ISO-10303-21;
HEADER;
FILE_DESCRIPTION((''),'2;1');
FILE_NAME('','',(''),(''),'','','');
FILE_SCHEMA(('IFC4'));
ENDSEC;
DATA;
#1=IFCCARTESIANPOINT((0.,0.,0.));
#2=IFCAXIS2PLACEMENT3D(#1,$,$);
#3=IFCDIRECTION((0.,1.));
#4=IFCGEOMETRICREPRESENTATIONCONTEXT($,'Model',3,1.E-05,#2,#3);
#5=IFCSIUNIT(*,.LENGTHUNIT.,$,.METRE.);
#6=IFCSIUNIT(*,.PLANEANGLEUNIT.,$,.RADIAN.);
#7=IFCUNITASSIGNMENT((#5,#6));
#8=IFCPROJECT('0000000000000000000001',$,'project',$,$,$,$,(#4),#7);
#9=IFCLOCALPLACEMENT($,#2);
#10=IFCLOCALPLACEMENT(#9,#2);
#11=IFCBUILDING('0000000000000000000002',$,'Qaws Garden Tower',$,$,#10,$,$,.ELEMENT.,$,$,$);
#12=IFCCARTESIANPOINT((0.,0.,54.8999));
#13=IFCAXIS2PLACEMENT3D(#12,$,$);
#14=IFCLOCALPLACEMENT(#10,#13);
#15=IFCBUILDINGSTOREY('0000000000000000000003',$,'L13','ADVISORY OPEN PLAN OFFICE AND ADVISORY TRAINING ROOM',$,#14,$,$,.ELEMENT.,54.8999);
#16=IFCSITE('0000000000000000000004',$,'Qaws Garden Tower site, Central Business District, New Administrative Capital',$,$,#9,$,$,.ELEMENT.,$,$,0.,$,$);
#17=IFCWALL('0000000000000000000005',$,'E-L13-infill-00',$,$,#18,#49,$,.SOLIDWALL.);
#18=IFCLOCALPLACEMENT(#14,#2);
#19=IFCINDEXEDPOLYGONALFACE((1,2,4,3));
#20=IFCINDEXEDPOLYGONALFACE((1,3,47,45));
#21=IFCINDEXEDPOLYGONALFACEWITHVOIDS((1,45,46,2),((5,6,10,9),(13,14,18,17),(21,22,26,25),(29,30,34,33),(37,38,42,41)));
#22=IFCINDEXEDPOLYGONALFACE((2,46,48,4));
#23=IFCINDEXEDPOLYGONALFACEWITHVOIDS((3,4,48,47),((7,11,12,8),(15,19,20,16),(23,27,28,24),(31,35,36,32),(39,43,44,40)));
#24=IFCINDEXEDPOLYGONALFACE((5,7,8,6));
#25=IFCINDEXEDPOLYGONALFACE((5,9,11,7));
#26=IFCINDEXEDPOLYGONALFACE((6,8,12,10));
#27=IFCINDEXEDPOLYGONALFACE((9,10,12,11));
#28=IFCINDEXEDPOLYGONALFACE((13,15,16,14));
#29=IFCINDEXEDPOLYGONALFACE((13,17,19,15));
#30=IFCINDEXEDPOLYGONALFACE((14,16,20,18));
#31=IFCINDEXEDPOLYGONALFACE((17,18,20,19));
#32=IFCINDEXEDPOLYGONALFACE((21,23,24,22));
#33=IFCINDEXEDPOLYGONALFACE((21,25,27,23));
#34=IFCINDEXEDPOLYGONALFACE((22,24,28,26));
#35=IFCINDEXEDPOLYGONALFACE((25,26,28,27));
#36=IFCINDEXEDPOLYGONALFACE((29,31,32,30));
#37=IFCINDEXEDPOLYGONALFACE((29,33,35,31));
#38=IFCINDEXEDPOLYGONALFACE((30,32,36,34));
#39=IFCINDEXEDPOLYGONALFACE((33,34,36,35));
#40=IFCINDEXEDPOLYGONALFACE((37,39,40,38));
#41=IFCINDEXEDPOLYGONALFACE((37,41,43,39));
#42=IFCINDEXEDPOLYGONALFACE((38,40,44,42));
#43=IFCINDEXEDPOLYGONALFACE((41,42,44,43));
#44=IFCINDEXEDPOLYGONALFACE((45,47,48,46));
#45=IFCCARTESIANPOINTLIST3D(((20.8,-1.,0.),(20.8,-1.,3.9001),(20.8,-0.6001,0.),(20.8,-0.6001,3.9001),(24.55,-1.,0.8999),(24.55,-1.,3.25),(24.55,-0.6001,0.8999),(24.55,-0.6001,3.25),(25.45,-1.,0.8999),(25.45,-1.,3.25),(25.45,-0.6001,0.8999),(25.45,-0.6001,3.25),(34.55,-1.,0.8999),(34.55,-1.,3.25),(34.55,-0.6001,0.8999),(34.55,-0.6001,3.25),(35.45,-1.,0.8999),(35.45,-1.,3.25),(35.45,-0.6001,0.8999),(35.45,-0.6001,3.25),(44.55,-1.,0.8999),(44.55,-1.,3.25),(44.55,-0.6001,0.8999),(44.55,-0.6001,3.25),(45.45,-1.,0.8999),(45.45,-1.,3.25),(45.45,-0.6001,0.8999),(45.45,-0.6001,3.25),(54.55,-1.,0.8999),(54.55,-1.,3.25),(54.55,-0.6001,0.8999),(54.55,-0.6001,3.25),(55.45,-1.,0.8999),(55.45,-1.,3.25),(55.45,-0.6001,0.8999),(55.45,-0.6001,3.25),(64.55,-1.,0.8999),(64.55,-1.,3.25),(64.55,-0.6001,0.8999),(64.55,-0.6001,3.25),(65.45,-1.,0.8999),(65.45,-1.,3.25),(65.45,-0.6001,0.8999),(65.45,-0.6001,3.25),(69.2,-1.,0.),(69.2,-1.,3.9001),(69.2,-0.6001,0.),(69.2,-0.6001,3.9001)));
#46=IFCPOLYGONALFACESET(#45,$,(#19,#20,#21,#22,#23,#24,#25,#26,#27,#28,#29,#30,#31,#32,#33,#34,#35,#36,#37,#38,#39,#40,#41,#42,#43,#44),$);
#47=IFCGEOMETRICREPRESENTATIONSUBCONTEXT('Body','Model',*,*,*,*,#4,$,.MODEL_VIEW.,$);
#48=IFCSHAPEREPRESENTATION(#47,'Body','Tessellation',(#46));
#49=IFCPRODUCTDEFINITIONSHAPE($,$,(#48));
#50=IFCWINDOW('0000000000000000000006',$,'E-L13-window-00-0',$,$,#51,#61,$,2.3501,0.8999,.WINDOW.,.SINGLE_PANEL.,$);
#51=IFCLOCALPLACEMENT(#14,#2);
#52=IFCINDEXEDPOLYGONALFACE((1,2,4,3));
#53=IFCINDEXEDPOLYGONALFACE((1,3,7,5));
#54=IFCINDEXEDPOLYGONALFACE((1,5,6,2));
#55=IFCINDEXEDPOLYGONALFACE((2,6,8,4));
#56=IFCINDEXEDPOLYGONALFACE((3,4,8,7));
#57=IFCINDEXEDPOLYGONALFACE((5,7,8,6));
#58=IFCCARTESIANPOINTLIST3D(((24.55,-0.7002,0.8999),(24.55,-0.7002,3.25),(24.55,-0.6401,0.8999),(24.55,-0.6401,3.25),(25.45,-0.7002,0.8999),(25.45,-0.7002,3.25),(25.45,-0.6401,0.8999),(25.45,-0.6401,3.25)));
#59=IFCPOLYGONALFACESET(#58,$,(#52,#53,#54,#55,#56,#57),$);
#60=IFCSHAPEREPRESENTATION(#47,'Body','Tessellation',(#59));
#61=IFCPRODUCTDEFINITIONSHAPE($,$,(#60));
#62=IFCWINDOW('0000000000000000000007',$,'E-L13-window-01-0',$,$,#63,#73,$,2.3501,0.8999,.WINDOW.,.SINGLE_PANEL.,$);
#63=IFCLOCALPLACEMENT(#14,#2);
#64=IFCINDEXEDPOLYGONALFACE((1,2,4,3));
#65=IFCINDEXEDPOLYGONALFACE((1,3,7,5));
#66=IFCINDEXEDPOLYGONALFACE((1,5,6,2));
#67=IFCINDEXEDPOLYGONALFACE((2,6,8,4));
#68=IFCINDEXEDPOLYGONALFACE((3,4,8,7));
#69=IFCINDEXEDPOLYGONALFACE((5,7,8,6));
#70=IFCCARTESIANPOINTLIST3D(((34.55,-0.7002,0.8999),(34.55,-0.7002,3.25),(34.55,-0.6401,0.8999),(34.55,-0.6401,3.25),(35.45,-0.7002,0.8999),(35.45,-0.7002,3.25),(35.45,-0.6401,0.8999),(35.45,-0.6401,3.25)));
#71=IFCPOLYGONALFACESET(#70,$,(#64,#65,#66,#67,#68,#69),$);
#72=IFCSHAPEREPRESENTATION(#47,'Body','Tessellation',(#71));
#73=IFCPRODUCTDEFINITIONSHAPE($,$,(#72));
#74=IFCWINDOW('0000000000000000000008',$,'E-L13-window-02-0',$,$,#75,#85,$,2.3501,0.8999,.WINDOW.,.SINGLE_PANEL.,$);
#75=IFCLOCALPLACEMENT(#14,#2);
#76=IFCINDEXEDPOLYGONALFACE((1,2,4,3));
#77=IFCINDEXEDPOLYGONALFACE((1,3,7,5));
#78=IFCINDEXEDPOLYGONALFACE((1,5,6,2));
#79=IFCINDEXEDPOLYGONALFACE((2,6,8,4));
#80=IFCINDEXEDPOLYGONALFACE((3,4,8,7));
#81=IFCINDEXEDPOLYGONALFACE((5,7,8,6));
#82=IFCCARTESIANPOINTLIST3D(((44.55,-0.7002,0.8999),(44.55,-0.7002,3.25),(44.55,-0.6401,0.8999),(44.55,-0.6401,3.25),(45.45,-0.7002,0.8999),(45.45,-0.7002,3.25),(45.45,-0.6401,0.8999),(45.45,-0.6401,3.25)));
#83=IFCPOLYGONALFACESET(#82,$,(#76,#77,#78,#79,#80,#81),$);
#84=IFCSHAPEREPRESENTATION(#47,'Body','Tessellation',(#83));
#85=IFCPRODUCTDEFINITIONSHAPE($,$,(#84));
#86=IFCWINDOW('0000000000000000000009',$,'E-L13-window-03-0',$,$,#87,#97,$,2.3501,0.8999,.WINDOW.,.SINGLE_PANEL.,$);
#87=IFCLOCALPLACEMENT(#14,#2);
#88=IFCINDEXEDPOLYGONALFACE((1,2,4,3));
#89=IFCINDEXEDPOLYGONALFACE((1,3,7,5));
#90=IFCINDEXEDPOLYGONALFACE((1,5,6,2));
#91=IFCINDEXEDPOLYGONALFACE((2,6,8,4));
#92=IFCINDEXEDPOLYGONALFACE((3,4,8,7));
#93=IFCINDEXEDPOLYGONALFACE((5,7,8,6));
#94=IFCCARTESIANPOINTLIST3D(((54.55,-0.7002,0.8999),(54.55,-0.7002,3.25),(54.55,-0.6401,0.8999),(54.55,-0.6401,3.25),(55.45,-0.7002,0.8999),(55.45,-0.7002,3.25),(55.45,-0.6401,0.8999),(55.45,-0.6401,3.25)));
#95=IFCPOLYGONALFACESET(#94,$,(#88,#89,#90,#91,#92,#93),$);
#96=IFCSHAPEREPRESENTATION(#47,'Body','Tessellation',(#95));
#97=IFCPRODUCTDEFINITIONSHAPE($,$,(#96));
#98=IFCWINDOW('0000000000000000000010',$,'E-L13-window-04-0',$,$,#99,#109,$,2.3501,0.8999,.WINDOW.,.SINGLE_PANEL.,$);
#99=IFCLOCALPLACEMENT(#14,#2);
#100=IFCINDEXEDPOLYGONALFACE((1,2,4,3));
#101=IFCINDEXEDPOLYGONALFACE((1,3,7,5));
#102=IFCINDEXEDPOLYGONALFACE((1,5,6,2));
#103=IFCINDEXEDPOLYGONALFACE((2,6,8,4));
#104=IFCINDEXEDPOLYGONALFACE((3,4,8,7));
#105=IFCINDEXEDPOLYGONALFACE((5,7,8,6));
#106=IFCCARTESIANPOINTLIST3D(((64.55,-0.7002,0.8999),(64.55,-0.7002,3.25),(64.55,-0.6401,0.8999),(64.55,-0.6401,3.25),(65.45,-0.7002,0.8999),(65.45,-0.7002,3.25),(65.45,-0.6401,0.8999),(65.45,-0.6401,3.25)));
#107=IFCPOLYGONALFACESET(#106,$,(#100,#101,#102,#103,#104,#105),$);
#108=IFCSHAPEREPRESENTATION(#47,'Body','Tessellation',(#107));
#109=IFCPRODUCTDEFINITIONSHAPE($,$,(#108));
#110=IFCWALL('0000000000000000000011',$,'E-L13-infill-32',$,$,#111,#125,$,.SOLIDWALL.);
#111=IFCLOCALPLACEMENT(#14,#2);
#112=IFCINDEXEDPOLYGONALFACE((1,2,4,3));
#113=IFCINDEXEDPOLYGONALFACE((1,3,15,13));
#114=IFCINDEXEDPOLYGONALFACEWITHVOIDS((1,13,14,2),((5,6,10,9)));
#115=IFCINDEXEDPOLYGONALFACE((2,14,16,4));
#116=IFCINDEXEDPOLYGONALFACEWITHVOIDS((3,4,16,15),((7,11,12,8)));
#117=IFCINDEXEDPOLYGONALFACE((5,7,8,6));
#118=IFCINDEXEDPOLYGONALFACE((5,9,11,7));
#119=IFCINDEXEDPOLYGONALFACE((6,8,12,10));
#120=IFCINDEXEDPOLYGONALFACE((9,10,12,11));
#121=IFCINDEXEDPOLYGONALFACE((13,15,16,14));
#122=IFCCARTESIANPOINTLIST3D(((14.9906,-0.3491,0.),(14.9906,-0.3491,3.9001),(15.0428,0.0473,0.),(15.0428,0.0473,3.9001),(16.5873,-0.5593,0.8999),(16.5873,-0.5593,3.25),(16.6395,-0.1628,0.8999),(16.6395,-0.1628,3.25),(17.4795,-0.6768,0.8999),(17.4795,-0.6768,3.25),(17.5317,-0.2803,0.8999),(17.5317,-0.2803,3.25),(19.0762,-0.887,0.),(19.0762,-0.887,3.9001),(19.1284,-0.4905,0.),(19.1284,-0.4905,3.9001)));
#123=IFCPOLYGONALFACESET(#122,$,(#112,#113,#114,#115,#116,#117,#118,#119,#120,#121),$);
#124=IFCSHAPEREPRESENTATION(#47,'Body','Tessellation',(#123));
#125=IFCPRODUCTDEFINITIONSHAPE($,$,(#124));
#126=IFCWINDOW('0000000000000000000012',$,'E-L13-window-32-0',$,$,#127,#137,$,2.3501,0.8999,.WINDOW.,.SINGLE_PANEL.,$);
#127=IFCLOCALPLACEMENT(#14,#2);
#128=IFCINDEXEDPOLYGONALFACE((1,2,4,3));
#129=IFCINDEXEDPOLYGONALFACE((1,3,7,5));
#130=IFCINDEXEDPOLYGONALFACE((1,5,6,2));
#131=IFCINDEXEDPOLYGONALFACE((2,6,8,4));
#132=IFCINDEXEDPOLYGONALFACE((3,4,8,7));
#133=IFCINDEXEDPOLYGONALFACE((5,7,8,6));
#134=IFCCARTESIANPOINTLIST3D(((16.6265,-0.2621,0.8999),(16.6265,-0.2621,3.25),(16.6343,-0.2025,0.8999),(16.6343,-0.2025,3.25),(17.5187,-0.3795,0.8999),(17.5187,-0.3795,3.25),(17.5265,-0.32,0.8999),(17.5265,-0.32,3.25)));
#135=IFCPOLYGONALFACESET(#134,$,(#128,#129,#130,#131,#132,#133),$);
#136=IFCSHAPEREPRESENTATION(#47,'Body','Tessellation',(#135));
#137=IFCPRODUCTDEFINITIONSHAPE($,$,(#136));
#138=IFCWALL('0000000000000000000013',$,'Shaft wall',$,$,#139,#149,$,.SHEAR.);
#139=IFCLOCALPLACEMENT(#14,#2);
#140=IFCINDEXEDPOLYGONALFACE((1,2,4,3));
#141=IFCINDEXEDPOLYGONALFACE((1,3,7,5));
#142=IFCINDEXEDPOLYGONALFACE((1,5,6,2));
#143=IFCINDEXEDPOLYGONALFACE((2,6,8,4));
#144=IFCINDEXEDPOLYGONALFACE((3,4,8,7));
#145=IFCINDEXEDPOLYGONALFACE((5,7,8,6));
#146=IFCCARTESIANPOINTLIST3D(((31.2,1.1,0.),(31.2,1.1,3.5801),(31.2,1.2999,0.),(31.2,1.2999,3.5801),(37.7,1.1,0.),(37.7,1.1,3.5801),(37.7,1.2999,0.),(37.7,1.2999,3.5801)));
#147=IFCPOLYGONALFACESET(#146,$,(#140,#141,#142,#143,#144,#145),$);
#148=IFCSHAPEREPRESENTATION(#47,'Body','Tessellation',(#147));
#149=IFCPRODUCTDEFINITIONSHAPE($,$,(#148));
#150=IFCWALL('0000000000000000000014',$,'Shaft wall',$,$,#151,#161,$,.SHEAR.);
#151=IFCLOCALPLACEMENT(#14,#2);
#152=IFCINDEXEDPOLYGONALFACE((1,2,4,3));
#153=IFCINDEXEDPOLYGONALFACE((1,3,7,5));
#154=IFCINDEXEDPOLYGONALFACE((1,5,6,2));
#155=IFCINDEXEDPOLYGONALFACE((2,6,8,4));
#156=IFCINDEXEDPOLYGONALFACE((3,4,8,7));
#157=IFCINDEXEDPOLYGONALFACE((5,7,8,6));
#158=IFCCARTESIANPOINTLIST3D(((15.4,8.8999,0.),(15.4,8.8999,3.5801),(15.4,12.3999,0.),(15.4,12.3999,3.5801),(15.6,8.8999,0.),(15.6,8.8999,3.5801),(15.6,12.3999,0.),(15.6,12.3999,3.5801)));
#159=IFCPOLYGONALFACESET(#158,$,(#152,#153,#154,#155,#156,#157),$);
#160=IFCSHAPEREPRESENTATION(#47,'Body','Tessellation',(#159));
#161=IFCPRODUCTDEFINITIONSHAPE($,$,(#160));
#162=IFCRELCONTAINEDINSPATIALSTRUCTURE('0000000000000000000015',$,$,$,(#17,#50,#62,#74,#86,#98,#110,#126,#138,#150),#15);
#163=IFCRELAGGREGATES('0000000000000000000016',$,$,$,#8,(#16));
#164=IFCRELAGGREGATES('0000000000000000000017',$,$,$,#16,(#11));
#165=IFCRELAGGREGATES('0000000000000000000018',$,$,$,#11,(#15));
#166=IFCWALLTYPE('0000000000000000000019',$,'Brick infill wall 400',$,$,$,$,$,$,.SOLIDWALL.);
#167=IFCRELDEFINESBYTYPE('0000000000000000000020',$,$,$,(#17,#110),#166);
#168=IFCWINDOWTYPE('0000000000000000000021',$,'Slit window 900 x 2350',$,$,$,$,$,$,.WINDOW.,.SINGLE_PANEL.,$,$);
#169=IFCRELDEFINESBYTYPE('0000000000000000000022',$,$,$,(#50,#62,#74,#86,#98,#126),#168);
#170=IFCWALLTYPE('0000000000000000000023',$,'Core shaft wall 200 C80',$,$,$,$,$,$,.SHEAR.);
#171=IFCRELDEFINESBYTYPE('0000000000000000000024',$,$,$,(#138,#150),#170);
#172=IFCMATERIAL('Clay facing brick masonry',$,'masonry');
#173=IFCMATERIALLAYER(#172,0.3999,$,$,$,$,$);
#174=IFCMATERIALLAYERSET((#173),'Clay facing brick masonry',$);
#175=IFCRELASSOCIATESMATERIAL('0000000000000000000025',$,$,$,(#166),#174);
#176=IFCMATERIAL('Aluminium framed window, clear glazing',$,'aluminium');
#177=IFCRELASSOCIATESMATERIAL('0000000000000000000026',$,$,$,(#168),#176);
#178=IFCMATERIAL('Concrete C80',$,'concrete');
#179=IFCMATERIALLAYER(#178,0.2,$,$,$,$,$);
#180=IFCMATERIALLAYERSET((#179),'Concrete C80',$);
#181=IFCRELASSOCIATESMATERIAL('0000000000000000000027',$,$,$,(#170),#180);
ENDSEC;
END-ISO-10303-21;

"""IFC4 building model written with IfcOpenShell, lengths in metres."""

from ifc_helpers import new_model, si_unit, direction, frame, frame_2d, origin, place, context, subcontext, project, spatial, rectangle, extrude, material, layer, layer_set, type_object, element, fill, save


model = new_model("IFC4")

# Units and contexts
model_context = context("Model", 3, precision=1e-05, world=origin(), true_north=direction((0.0, 1.0)))
body_context = subcontext(model_context, "Body", "Model", "MODEL_VIEW")
ifc_project = project(units=[si_unit("LENGTHUNIT", "METRE"), si_unit("PLANEANGLEUNIT", "RADIAN")], contexts=[model_context])

# Site, building, storey
site_placement = place(None, origin())
site = spatial("IfcSite", under=ifc_project, at=site_placement, Name="Qaws Garden Tower site, Central Business District, New Administrative Capital", CompositionType="ELEMENT", RefElevation=0.0)
building_placement = place(site_placement, origin())
building = spatial("IfcBuilding", under=site, at=building_placement, Name="Qaws Garden Tower", CompositionType="ELEMENT")
storey_placement = place(building_placement, frame((0.0, 0.0, 54.8999)))
storey = spatial("IfcBuildingStorey", under=building, at=storey_placement, Name="L13", Description="ADVISORY OPEN PLAN OFFICE AND ADVISORY TRAINING ROOM", CompositionType="ELEMENT", Elevation=54.8999)

# Wall, openings, windows
ifc_material_1 = material(Name="Clay facing brick masonry", Category="masonry")
ifc_layer_1 = layer(ifc_material_1, 0.3999)
ifc_layer_set_1 = layer_set([ifc_layer_1], Name="Clay facing brick masonry")
wall_type_1 = type_object("IfcWallType", Name="Brick infill wall 400", PredefinedType="SOLIDWALL", material=ifc_layer_set_1)
wall_1_placement = place(storey_placement, frame((20.8, -0.8, 0.0), z_axis=(0.0, 0.0, 1.0), x_axis=(1.0, 0.0, 0.0)))
wall_1 = element("IfcWall", 1, at=wall_1_placement, inside=storey, type_object=wall_type_1, Name="E-L13-infill-00", PredefinedType="SOLIDWALL", context=body_context, shape_type="SweptSolid", body=[
    extrude(rectangle(XDim=48.3999, YDim=0.3999, at=frame_2d((24.2, 0.0))), origin(), (0.0, 0.0, 1.0), 3.9001),
])
opening_1_placement = place(wall_1_placement, frame((3.75, 0.0, 0.8999)))
opening_1 = element("IfcOpeningElement", 2, at=opening_1_placement, cuts=wall_1, PredefinedType="OPENING", context=body_context, shape_type="SweptSolid", body=[
    extrude(rectangle(XDim=0.8999, YDim=2.3501, at=frame_2d((0.45, 1.175))), frame((0.0, 0.21, 0.0), z_axis=(0.0, -1.0, 0.0), x_axis=(1.0, 0.0, 0.0)), (0.0, 0.0, 1.0), 0.4199),
])
opening_2_placement = place(wall_1_placement, frame((13.75, 0.0, 0.8999)))
opening_2 = element("IfcOpeningElement", 3, at=opening_2_placement, cuts=wall_1, PredefinedType="OPENING", context=body_context, shape_type="SweptSolid", body=[
    extrude(rectangle(XDim=0.8999, YDim=2.3501, at=frame_2d((0.45, 1.175))), frame((0.0, 0.21, 0.0), z_axis=(0.0, -1.0, 0.0), x_axis=(1.0, 0.0, 0.0)), (0.0, 0.0, 1.0), 0.4199),
])
opening_3_placement = place(wall_1_placement, frame((23.75, 0.0, 0.8999)))
opening_3 = element("IfcOpeningElement", 4, at=opening_3_placement, cuts=wall_1, PredefinedType="OPENING", context=body_context, shape_type="SweptSolid", body=[
    extrude(rectangle(XDim=0.8999, YDim=2.3501, at=frame_2d((0.45, 1.175))), frame((0.0, 0.21, 0.0), z_axis=(0.0, -1.0, 0.0), x_axis=(1.0, 0.0, 0.0)), (0.0, 0.0, 1.0), 0.4199),
])
opening_4_placement = place(wall_1_placement, frame((33.75, 0.0, 0.8999)))
opening_4 = element("IfcOpeningElement", 5, at=opening_4_placement, cuts=wall_1, PredefinedType="OPENING", context=body_context, shape_type="SweptSolid", body=[
    extrude(rectangle(XDim=0.8999, YDim=2.3501, at=frame_2d((0.45, 1.175))), frame((0.0, 0.21, 0.0), z_axis=(0.0, -1.0, 0.0), x_axis=(1.0, 0.0, 0.0)), (0.0, 0.0, 1.0), 0.4199),
])
opening_5_placement = place(wall_1_placement, frame((43.75, 0.0, 0.8999)))
opening_5 = element("IfcOpeningElement", 6, at=opening_5_placement, cuts=wall_1, PredefinedType="OPENING", context=body_context, shape_type="SweptSolid", body=[
    extrude(rectangle(XDim=0.8999, YDim=2.3501, at=frame_2d((0.45, 1.175))), frame((0.0, 0.21, 0.0), z_axis=(0.0, -1.0, 0.0), x_axis=(1.0, 0.0, 0.0)), (0.0, 0.0, 1.0), 0.4199),
])
ifc_material_2 = material(Name="Aluminium framed window, clear glazing", Category="aluminium")
window_type = type_object("IfcWindowType", Name="Slit window 900 x 2350", PartitioningType="SINGLE_PANEL", PredefinedType="WINDOW", material=ifc_material_2)
window_1_placement = place(opening_1_placement, origin())
window_1 = element("IfcWindow", 7, at=window_1_placement, inside=storey, type_object=window_type, Name="E-L13-window-00-0", OverallHeight=2.3501, OverallWidth=0.8999, PartitioningType="SINGLE_PANEL", PredefinedType="WINDOW", context=body_context, shape_type="SweptSolid", body=[
    extrude(rectangle(XDim=0.8999, YDim=2.3501, at=frame_2d((0.45, 1.175))), frame((0.0, 0.1599, 0.0), z_axis=(0.0, -1.0, 0.0), x_axis=(1.0, 0.0, 0.0)), (0.0, 0.0, 1.0), 0.0601),
])
fill(opening_1, window_1)
window_2_placement = place(opening_2_placement, origin())
window_2 = element("IfcWindow", 8, at=window_2_placement, inside=storey, type_object=window_type, Name="E-L13-window-01-0", OverallHeight=2.3501, OverallWidth=0.8999, PartitioningType="SINGLE_PANEL", PredefinedType="WINDOW", context=body_context, shape_type="SweptSolid", body=[
    extrude(rectangle(XDim=0.8999, YDim=2.3501, at=frame_2d((0.45, 1.175))), frame((0.0, 0.1599, 0.0), z_axis=(0.0, -1.0, 0.0), x_axis=(1.0, 0.0, 0.0)), (0.0, 0.0, 1.0), 0.0601),
])
fill(opening_2, window_2)
window_3_placement = place(opening_3_placement, origin())
window_3 = element("IfcWindow", 9, at=window_3_placement, inside=storey, type_object=window_type, Name="E-L13-window-02-0", OverallHeight=2.3501, OverallWidth=0.8999, PartitioningType="SINGLE_PANEL", PredefinedType="WINDOW", context=body_context, shape_type="SweptSolid", body=[
    extrude(rectangle(XDim=0.8999, YDim=2.3501, at=frame_2d((0.45, 1.175))), frame((0.0, 0.1599, 0.0), z_axis=(0.0, -1.0, 0.0), x_axis=(1.0, 0.0, 0.0)), (0.0, 0.0, 1.0), 0.0601),
])
fill(opening_3, window_3)
window_4_placement = place(opening_4_placement, origin())
window_4 = element("IfcWindow", 10, at=window_4_placement, inside=storey, type_object=window_type, Name="E-L13-window-03-0", OverallHeight=2.3501, OverallWidth=0.8999, PartitioningType="SINGLE_PANEL", PredefinedType="WINDOW", context=body_context, shape_type="SweptSolid", body=[
    extrude(rectangle(XDim=0.8999, YDim=2.3501, at=frame_2d((0.45, 1.175))), frame((0.0, 0.1599, 0.0), z_axis=(0.0, -1.0, 0.0), x_axis=(1.0, 0.0, 0.0)), (0.0, 0.0, 1.0), 0.0601),
])
fill(opening_4, window_4)
window_5_placement = place(opening_5_placement, origin())
window_5 = element("IfcWindow", 11, at=window_5_placement, inside=storey, type_object=window_type, Name="E-L13-window-04-0", OverallHeight=2.3501, OverallWidth=0.8999, PartitioningType="SINGLE_PANEL", PredefinedType="WINDOW", context=body_context, shape_type="SweptSolid", body=[
    extrude(rectangle(XDim=0.8999, YDim=2.3501, at=frame_2d((0.45, 1.175))), frame((0.0, 0.1599, 0.0), z_axis=(0.0, -1.0, 0.0), x_axis=(1.0, 0.0, 0.0)), (0.0, 0.0, 1.0), 0.0601),
])
fill(opening_5, window_5)

# Wall, opening, window
wall_2_placement = place(storey_placement, frame((15.0166, -0.1509, 0.0), z_axis=(0.0, 0.0, 1.0), x_axis=(0.991446, -0.130514, 0.0)))
wall_2 = element("IfcWall", 12, at=wall_2_placement, inside=storey, type_object=wall_type_1, Name="E-L13-infill-32", PredefinedType="SOLIDWALL", context=body_context, shape_type="SweptSolid", body=[
    extrude(rectangle(XDim=4.1208, YDim=0.3999, at=frame_2d((2.0605, 0.0))), origin(), (0.0, 0.0, 1.0), 3.9001),
])
opening_6_placement = place(wall_2_placement, frame((1.6106, 0.0, 0.8999)))
opening_6 = element("IfcOpeningElement", 13, at=opening_6_placement, cuts=wall_2, PredefinedType="OPENING", context=body_context, shape_type="SweptSolid", body=[
    extrude(rectangle(XDim=0.8999, YDim=2.3501, at=frame_2d((0.45, 1.175))), frame((0.0, 0.21, 0.0), z_axis=(0.0, -1.0, 0.0), x_axis=(1.0, 0.0, 0.0)), (0.0, 0.0, 1.0), 0.4199),
])
window_6_placement = place(opening_6_placement, origin())
window_6 = element("IfcWindow", 14, at=window_6_placement, inside=storey, type_object=window_type, Name="E-L13-window-32-0", OverallHeight=2.3501, OverallWidth=0.8999, PartitioningType="SINGLE_PANEL", PredefinedType="WINDOW", context=body_context, shape_type="SweptSolid", body=[
    extrude(rectangle(XDim=0.8999, YDim=2.3501, at=frame_2d((0.45, 1.175))), frame((0.0, 0.1599, 0.0), z_axis=(0.0, -1.0, 0.0), x_axis=(1.0, 0.0, 0.0)), (0.0, 0.0, 1.0), 0.0601),
])
fill(opening_6, window_6)

# Walls
ifc_material_3 = material(Name="Concrete C80", Category="concrete")
ifc_layer_2 = layer(ifc_material_3, 0.2)
ifc_layer_set_2 = layer_set([ifc_layer_2], Name="Concrete C80")
wall_type_2 = type_object("IfcWallType", Name="Core shaft wall 200 C80", PredefinedType="SHEAR", material=ifc_layer_set_2)
wall_3_placement = place(storey_placement, frame((31.2, 1.2, 0.0), z_axis=(0.0, 0.0, 1.0), x_axis=(1.0, 0.0, 0.0)))
element("IfcWall", 15, at=wall_3_placement, inside=storey, type_object=wall_type_2, Name="Shaft wall", PredefinedType="SHEAR", context=body_context, shape_type="SweptSolid", body=[
    extrude(rectangle(XDim=6.5, YDim=0.2, at=frame_2d((3.25, 0.0))), origin(), (0.0, 0.0, 1.0), 3.5801),
])
for number, where, z_axis, x_axis, name in (
    (16, (15.5, 8.8999, 0.0), (0.0, 0.0, 1.0), (0.0, 1.0, 0.0), "Shaft wall"),
):
    element("IfcWall", number, at=place(storey_placement, frame(where, z_axis=z_axis, x_axis=x_axis)), inside=storey, type_object=wall_type_2, Name=name, PredefinedType="SHEAR", context=body_context, shape_type="SweptSolid", body=[
        extrude(rectangle(XDim=3.5, YDim=0.2, at=frame_2d((1.75, 0.0))), origin(), (0.0, 0.0, 1.0), 3.5801),
    ])

save(model, "model.ifc")
